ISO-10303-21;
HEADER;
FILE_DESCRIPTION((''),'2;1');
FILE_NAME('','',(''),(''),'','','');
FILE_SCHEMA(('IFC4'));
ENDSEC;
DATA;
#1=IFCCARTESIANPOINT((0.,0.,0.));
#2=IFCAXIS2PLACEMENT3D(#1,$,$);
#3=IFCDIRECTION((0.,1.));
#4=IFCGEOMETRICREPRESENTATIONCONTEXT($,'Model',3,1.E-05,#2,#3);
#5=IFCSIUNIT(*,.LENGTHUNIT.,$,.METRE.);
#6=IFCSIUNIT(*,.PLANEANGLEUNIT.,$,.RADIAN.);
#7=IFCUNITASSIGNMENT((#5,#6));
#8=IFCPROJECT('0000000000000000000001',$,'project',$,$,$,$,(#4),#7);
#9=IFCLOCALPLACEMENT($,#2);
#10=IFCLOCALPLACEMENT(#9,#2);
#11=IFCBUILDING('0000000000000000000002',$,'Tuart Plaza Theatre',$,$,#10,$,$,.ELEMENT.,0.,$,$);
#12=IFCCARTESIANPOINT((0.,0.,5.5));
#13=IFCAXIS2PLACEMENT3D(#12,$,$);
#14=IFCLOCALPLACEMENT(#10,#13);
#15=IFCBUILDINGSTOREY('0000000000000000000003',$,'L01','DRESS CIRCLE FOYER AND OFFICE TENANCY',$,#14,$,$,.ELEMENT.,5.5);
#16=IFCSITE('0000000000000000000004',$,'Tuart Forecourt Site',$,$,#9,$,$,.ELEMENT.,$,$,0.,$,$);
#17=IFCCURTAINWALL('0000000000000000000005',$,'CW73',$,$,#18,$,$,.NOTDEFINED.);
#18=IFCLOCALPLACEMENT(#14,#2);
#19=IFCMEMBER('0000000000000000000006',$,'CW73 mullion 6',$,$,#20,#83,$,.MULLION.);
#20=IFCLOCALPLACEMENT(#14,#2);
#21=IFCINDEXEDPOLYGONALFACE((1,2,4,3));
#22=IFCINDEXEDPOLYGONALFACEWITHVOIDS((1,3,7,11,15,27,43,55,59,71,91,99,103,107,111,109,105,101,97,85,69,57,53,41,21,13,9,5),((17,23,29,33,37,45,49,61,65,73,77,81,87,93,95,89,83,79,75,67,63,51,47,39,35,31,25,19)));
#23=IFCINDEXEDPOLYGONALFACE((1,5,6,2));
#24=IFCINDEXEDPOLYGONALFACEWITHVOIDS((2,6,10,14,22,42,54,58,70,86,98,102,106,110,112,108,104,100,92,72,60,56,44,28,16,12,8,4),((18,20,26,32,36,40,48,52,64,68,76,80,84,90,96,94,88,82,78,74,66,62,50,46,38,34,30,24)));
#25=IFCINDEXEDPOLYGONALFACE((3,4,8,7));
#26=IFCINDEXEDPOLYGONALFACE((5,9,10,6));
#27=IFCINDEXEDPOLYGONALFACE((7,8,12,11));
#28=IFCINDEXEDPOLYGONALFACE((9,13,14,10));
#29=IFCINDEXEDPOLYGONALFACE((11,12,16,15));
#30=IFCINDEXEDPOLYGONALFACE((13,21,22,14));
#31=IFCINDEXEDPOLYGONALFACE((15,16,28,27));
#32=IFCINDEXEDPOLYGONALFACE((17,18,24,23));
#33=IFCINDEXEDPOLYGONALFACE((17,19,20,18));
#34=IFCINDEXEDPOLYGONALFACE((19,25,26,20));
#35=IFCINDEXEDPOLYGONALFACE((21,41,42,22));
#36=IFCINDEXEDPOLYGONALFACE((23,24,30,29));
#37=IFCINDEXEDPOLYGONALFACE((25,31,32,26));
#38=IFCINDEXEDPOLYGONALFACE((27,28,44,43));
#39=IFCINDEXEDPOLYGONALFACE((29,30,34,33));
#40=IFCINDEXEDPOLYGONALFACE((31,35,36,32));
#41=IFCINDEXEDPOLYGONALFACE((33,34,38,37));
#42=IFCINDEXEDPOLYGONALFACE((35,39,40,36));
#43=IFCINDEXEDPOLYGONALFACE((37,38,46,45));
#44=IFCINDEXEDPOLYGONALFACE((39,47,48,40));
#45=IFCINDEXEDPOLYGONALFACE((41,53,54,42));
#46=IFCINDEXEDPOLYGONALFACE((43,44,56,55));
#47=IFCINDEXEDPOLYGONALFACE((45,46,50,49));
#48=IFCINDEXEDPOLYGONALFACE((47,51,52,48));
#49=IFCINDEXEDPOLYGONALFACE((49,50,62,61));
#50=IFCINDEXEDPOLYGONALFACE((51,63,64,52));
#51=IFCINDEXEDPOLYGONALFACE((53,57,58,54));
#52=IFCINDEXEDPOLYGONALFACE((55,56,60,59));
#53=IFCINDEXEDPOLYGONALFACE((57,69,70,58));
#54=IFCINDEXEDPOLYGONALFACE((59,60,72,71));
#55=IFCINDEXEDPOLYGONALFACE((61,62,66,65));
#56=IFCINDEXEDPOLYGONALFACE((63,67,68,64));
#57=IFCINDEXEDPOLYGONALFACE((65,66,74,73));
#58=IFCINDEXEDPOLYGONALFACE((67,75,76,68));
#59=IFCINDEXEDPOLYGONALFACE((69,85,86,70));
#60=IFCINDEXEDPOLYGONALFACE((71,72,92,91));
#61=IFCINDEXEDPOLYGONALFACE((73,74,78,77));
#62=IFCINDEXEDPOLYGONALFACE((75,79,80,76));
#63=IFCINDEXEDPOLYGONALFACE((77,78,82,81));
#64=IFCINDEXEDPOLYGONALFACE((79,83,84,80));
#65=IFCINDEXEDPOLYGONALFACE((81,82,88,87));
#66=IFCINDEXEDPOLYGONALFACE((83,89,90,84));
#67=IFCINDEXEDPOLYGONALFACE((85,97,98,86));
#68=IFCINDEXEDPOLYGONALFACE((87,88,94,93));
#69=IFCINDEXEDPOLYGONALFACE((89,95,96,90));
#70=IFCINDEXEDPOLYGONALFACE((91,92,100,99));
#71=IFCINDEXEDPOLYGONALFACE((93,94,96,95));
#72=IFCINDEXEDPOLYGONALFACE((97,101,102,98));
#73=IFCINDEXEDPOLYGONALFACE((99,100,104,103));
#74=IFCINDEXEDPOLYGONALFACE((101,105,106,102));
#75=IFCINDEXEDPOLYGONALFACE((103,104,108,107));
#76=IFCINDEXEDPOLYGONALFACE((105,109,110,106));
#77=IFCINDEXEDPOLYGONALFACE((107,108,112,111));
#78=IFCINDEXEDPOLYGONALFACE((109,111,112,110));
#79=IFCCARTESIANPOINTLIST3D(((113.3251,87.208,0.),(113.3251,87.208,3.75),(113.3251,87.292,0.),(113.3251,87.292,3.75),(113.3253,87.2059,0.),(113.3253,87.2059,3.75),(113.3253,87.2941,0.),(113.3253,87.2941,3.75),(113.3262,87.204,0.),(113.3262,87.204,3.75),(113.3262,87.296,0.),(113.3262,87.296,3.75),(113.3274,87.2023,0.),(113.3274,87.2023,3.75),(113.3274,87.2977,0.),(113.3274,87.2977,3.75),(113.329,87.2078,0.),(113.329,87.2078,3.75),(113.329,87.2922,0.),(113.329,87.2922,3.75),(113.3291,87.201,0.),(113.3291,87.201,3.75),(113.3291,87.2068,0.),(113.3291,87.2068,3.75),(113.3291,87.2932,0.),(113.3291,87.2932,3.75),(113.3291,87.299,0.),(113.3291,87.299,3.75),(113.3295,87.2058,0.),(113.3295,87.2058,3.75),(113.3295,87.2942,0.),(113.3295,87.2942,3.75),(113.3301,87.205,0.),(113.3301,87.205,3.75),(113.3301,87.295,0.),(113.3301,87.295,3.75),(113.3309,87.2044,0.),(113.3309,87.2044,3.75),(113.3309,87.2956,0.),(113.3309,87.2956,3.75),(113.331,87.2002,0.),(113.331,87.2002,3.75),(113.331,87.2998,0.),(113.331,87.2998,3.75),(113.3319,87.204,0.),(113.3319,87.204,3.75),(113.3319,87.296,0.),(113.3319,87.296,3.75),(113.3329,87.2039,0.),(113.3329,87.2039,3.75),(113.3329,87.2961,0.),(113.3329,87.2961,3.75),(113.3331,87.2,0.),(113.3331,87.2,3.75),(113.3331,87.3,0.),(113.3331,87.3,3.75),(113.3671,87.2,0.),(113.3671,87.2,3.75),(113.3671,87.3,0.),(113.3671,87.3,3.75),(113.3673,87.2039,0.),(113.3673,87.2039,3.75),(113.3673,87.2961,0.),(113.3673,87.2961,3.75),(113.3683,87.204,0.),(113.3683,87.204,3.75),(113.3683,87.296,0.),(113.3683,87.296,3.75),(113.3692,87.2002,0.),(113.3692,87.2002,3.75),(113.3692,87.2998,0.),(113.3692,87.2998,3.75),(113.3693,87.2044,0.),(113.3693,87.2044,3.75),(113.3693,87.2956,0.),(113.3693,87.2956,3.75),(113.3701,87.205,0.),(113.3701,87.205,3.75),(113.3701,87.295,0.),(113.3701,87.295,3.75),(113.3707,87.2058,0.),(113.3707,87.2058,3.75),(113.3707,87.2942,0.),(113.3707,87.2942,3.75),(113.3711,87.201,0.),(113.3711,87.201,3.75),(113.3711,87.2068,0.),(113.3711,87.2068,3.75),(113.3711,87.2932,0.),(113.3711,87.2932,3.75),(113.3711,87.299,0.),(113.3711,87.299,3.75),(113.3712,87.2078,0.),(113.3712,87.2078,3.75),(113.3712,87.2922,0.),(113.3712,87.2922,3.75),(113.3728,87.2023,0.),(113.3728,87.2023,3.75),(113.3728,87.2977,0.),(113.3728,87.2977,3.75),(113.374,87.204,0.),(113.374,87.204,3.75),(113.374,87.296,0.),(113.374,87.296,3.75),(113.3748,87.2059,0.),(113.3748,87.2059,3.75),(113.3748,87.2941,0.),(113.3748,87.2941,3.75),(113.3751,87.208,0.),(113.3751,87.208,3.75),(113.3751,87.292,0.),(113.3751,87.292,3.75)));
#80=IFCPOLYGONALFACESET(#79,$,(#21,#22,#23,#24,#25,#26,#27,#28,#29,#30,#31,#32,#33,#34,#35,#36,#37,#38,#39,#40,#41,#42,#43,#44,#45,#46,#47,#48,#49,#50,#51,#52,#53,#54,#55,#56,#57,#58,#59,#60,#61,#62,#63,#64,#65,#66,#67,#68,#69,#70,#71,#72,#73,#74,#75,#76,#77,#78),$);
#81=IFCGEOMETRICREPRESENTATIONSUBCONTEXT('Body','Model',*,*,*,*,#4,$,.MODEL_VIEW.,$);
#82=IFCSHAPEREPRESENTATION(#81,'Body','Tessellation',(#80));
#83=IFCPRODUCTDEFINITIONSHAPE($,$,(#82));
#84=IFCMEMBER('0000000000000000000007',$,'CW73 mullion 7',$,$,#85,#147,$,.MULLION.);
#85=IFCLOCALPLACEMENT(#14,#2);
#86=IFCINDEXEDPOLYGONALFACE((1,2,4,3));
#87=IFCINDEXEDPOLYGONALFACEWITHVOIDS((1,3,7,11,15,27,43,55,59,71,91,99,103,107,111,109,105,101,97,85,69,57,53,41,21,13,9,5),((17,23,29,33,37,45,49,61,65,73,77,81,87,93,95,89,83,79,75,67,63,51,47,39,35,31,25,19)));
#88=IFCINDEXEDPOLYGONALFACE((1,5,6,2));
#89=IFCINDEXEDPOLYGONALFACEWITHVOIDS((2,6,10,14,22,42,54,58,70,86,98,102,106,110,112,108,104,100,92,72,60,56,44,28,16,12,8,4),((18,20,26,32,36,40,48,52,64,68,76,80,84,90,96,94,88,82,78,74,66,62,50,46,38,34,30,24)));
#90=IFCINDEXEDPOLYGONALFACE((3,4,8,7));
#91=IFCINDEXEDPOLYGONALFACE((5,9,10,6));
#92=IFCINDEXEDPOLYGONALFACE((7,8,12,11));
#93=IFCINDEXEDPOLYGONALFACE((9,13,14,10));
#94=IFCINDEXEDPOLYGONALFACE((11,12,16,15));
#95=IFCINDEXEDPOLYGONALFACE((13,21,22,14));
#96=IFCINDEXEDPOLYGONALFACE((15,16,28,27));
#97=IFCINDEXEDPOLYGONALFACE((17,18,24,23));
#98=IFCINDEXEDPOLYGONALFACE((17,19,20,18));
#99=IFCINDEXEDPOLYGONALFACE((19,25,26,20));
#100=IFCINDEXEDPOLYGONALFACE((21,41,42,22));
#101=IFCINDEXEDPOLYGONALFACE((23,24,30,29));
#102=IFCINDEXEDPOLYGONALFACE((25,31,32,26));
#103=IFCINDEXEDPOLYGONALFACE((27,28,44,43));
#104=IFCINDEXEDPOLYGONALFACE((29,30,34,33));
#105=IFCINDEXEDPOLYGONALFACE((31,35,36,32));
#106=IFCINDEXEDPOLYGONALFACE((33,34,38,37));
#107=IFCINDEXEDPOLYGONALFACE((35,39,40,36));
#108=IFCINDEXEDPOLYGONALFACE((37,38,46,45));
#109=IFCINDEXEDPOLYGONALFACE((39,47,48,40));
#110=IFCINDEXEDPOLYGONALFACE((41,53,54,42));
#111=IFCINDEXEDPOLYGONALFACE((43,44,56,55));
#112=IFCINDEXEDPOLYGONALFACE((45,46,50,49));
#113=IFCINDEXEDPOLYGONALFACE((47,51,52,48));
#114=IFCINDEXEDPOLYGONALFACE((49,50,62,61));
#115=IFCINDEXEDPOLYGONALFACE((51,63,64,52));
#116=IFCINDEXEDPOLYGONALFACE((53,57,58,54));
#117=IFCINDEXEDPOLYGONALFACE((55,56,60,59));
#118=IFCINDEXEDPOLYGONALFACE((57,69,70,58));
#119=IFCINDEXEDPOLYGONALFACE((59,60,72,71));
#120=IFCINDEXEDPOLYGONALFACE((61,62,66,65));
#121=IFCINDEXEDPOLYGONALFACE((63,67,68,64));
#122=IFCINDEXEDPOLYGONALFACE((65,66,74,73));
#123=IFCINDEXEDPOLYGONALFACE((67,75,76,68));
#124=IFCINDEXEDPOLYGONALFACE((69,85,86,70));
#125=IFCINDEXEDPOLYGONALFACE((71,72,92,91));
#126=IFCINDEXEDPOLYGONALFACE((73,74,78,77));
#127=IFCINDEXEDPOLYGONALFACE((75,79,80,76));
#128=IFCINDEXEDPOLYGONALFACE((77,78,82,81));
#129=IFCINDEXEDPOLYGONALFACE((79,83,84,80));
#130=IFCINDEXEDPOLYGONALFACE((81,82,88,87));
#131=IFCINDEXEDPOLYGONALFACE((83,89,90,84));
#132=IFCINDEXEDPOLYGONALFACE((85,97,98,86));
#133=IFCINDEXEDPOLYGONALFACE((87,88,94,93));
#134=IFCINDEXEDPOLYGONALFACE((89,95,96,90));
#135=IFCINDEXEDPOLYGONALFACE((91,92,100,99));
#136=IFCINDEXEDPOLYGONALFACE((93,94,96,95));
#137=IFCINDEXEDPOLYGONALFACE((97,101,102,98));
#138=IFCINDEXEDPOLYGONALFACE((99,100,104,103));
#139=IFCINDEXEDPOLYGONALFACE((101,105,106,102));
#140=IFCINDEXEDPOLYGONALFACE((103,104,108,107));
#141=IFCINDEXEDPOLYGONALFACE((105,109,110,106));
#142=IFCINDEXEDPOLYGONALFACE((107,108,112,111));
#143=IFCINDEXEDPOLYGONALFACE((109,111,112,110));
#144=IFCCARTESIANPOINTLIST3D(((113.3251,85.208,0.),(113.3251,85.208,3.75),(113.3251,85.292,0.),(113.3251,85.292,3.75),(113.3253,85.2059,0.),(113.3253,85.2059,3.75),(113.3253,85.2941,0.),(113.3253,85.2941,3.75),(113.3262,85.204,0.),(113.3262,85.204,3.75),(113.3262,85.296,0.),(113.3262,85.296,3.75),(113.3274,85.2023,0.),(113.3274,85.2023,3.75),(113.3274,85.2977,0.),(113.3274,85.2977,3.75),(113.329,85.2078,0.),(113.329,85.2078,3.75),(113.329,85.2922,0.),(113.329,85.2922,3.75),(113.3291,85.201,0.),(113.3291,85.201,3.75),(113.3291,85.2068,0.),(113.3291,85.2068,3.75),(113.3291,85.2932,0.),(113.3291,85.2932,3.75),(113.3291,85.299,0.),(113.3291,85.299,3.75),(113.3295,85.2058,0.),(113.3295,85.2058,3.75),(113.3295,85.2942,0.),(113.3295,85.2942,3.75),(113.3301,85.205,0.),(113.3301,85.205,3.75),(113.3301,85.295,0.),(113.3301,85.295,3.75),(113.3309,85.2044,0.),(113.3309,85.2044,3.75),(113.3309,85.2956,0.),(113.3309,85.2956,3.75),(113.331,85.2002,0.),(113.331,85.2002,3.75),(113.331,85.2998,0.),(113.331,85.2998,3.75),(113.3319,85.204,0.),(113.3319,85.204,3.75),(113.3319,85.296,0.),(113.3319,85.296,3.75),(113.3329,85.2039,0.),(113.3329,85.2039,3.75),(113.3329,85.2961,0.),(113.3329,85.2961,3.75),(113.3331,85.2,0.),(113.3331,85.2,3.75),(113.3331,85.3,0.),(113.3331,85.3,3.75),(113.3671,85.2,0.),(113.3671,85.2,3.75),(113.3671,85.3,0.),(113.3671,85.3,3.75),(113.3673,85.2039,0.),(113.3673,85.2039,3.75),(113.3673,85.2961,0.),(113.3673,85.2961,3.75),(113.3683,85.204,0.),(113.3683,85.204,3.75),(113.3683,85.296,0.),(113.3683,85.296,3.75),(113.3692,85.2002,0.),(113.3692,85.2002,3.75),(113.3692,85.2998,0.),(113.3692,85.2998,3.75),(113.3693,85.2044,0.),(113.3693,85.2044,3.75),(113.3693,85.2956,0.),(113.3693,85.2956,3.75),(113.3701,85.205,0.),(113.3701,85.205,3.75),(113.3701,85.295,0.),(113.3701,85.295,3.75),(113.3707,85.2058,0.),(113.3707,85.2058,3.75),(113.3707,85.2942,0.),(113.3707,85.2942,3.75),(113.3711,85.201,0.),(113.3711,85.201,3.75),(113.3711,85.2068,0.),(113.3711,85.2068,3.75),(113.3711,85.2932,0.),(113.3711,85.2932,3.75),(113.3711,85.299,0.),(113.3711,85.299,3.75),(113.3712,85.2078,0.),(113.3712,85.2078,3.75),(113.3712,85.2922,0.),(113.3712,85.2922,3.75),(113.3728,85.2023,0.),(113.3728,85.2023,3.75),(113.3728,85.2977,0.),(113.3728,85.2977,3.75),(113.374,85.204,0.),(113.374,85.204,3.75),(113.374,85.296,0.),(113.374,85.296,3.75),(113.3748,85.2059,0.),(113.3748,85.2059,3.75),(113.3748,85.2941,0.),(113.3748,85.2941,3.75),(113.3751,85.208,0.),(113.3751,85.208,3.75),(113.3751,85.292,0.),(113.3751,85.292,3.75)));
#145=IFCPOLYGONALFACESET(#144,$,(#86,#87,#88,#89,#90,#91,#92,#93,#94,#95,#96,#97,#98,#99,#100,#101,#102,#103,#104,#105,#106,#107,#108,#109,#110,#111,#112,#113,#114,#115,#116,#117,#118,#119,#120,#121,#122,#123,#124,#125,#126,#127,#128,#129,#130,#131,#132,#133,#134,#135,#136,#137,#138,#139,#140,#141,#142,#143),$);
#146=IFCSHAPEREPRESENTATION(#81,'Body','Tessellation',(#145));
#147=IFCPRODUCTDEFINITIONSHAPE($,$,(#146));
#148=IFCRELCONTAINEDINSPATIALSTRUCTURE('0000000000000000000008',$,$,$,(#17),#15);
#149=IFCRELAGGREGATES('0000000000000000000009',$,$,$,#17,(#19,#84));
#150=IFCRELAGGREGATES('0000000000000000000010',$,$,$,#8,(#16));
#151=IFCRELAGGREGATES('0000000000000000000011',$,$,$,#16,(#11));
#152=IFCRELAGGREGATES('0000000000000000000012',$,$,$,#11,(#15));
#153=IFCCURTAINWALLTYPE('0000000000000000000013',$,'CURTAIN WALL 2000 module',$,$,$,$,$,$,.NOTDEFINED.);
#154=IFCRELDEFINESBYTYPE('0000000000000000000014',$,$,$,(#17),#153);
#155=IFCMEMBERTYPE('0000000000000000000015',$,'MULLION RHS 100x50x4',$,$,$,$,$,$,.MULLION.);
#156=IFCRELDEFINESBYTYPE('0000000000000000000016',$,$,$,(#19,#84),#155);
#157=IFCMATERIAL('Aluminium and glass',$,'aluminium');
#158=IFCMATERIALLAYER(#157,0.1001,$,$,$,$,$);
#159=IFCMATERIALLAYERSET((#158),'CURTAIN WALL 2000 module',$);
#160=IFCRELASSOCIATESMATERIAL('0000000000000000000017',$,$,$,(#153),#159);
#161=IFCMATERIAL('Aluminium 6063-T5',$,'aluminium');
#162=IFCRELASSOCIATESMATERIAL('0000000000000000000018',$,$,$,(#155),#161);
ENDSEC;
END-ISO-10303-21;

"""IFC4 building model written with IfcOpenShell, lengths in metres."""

from ifc_helpers import new_model, si_unit, direction, frame, origin, origin_2d, place, context, subcontext, project, spatial, hollow_rectangle, extrude, material, layer, layer_set, material_profile, profile_set, type_object, element, aggregate, save


model = new_model("IFC4")

# Units and contexts
model_context = context("Model", 3, precision=1e-05, world=origin(), true_north=direction((0.0, 1.0)))
body_context = subcontext(model_context, "Body", "Model", "MODEL_VIEW")
ifc_project = project(units=[si_unit("LENGTHUNIT", "METRE"), si_unit("PLANEANGLEUNIT", "RADIAN")], contexts=[model_context])

# Site, building, storey
site_placement = place(None, origin())
site = spatial("IfcSite", under=ifc_project, at=site_placement, Name="Tuart Forecourt Site", CompositionType="ELEMENT", RefElevation=0.0)
building_placement = place(site_placement, origin())
building = spatial("IfcBuilding", under=site, at=building_placement, Name="Tuart Plaza Theatre", CompositionType="ELEMENT", ElevationOfRefHeight=0.0)
storey_placement = place(building_placement, frame((0.0, 0.0, 5.5)))
storey = spatial("IfcBuildingStorey", under=building, at=storey_placement, Name="L01", Description="DRESS CIRCLE FOYER AND OFFICE TENANCY", CompositionType="ELEMENT", Elevation=5.5)

# Curtain wall, members
ifc_material_1 = material(Name="Aluminium and glass", Category="aluminium")
ifc_layer_1 = layer(ifc_material_1, 0.1001)
ifc_layer_set_1 = layer_set([ifc_layer_1], Name="CURTAIN WALL 2000 module")
curtain_wall_type = type_object("IfcCurtainWallType", Name="CURTAIN WALL 2000 module", PredefinedType="NOTDEFINED", material=ifc_layer_set_1)
curtain_wall_placement = place(storey_placement, origin())
curtain_wall = element("IfcCurtainWall", 1, at=curtain_wall_placement, inside=storey, type_object=curtain_wall_type, Name="CW73", PredefinedType="NOTDEFINED")
ifc_material_2 = material(Name="Aluminium 6063-T5", Category="aluminium")
ifc_material_profile_1 = material_profile(ifc_material_2, hollow_rectangle(XDim=0.05, YDim=0.1001, WallThickness=0.0039, InnerFilletRadius=0.0039, OuterFilletRadius=0.0081, at=origin_2d()), Name="RHS 100x50x4")
ifc_profile_set_1 = profile_set([ifc_material_profile_1], Name="Aluminium 6063-T5")
member_type_1 = type_object("IfcMemberType", Name="MULLION RHS 100x50x4", PredefinedType="MULLION", material=ifc_profile_set_1)
member_1_placement = place(storey_placement, frame((113.3501, 87.25, 0.0), z_axis=(0.0, 0.0, 1.0), x_axis=(1.0, 0.0, 0.0)))
member_1 = element("IfcMember", 2, at=member_1_placement, type_object=member_type_1, Name="CW73 mullion 6", PredefinedType="MULLION", context=body_context, shape_type="SweptSolid", body=[
    extrude(hollow_rectangle(XDim=0.05, YDim=0.1001, WallThickness=0.0039, InnerFilletRadius=0.0039, OuterFilletRadius=0.0081, at=origin_2d()), origin(), (0.0, 0.0, 1.0), 3.75),
])
member_2_placement = place(storey_placement, frame((113.3501, 85.25, 0.0), z_axis=(0.0, 0.0, 1.0), x_axis=(1.0, 0.0, 0.0)))
member_2 = element("IfcMember", 3, at=member_2_placement, type_object=member_type_1, Name="CW73 mullion 7", PredefinedType="MULLION", context=body_context, shape_type="SweptSolid", body=[
    extrude(hollow_rectangle(XDim=0.05, YDim=0.1001, WallThickness=0.0039, InnerFilletRadius=0.0039, OuterFilletRadius=0.0081, at=origin_2d()), origin(), (0.0, 0.0, 1.0), 3.75),
])
aggregate(curtain_wall, [member_1, member_2])

save(model, "model.ifc")
